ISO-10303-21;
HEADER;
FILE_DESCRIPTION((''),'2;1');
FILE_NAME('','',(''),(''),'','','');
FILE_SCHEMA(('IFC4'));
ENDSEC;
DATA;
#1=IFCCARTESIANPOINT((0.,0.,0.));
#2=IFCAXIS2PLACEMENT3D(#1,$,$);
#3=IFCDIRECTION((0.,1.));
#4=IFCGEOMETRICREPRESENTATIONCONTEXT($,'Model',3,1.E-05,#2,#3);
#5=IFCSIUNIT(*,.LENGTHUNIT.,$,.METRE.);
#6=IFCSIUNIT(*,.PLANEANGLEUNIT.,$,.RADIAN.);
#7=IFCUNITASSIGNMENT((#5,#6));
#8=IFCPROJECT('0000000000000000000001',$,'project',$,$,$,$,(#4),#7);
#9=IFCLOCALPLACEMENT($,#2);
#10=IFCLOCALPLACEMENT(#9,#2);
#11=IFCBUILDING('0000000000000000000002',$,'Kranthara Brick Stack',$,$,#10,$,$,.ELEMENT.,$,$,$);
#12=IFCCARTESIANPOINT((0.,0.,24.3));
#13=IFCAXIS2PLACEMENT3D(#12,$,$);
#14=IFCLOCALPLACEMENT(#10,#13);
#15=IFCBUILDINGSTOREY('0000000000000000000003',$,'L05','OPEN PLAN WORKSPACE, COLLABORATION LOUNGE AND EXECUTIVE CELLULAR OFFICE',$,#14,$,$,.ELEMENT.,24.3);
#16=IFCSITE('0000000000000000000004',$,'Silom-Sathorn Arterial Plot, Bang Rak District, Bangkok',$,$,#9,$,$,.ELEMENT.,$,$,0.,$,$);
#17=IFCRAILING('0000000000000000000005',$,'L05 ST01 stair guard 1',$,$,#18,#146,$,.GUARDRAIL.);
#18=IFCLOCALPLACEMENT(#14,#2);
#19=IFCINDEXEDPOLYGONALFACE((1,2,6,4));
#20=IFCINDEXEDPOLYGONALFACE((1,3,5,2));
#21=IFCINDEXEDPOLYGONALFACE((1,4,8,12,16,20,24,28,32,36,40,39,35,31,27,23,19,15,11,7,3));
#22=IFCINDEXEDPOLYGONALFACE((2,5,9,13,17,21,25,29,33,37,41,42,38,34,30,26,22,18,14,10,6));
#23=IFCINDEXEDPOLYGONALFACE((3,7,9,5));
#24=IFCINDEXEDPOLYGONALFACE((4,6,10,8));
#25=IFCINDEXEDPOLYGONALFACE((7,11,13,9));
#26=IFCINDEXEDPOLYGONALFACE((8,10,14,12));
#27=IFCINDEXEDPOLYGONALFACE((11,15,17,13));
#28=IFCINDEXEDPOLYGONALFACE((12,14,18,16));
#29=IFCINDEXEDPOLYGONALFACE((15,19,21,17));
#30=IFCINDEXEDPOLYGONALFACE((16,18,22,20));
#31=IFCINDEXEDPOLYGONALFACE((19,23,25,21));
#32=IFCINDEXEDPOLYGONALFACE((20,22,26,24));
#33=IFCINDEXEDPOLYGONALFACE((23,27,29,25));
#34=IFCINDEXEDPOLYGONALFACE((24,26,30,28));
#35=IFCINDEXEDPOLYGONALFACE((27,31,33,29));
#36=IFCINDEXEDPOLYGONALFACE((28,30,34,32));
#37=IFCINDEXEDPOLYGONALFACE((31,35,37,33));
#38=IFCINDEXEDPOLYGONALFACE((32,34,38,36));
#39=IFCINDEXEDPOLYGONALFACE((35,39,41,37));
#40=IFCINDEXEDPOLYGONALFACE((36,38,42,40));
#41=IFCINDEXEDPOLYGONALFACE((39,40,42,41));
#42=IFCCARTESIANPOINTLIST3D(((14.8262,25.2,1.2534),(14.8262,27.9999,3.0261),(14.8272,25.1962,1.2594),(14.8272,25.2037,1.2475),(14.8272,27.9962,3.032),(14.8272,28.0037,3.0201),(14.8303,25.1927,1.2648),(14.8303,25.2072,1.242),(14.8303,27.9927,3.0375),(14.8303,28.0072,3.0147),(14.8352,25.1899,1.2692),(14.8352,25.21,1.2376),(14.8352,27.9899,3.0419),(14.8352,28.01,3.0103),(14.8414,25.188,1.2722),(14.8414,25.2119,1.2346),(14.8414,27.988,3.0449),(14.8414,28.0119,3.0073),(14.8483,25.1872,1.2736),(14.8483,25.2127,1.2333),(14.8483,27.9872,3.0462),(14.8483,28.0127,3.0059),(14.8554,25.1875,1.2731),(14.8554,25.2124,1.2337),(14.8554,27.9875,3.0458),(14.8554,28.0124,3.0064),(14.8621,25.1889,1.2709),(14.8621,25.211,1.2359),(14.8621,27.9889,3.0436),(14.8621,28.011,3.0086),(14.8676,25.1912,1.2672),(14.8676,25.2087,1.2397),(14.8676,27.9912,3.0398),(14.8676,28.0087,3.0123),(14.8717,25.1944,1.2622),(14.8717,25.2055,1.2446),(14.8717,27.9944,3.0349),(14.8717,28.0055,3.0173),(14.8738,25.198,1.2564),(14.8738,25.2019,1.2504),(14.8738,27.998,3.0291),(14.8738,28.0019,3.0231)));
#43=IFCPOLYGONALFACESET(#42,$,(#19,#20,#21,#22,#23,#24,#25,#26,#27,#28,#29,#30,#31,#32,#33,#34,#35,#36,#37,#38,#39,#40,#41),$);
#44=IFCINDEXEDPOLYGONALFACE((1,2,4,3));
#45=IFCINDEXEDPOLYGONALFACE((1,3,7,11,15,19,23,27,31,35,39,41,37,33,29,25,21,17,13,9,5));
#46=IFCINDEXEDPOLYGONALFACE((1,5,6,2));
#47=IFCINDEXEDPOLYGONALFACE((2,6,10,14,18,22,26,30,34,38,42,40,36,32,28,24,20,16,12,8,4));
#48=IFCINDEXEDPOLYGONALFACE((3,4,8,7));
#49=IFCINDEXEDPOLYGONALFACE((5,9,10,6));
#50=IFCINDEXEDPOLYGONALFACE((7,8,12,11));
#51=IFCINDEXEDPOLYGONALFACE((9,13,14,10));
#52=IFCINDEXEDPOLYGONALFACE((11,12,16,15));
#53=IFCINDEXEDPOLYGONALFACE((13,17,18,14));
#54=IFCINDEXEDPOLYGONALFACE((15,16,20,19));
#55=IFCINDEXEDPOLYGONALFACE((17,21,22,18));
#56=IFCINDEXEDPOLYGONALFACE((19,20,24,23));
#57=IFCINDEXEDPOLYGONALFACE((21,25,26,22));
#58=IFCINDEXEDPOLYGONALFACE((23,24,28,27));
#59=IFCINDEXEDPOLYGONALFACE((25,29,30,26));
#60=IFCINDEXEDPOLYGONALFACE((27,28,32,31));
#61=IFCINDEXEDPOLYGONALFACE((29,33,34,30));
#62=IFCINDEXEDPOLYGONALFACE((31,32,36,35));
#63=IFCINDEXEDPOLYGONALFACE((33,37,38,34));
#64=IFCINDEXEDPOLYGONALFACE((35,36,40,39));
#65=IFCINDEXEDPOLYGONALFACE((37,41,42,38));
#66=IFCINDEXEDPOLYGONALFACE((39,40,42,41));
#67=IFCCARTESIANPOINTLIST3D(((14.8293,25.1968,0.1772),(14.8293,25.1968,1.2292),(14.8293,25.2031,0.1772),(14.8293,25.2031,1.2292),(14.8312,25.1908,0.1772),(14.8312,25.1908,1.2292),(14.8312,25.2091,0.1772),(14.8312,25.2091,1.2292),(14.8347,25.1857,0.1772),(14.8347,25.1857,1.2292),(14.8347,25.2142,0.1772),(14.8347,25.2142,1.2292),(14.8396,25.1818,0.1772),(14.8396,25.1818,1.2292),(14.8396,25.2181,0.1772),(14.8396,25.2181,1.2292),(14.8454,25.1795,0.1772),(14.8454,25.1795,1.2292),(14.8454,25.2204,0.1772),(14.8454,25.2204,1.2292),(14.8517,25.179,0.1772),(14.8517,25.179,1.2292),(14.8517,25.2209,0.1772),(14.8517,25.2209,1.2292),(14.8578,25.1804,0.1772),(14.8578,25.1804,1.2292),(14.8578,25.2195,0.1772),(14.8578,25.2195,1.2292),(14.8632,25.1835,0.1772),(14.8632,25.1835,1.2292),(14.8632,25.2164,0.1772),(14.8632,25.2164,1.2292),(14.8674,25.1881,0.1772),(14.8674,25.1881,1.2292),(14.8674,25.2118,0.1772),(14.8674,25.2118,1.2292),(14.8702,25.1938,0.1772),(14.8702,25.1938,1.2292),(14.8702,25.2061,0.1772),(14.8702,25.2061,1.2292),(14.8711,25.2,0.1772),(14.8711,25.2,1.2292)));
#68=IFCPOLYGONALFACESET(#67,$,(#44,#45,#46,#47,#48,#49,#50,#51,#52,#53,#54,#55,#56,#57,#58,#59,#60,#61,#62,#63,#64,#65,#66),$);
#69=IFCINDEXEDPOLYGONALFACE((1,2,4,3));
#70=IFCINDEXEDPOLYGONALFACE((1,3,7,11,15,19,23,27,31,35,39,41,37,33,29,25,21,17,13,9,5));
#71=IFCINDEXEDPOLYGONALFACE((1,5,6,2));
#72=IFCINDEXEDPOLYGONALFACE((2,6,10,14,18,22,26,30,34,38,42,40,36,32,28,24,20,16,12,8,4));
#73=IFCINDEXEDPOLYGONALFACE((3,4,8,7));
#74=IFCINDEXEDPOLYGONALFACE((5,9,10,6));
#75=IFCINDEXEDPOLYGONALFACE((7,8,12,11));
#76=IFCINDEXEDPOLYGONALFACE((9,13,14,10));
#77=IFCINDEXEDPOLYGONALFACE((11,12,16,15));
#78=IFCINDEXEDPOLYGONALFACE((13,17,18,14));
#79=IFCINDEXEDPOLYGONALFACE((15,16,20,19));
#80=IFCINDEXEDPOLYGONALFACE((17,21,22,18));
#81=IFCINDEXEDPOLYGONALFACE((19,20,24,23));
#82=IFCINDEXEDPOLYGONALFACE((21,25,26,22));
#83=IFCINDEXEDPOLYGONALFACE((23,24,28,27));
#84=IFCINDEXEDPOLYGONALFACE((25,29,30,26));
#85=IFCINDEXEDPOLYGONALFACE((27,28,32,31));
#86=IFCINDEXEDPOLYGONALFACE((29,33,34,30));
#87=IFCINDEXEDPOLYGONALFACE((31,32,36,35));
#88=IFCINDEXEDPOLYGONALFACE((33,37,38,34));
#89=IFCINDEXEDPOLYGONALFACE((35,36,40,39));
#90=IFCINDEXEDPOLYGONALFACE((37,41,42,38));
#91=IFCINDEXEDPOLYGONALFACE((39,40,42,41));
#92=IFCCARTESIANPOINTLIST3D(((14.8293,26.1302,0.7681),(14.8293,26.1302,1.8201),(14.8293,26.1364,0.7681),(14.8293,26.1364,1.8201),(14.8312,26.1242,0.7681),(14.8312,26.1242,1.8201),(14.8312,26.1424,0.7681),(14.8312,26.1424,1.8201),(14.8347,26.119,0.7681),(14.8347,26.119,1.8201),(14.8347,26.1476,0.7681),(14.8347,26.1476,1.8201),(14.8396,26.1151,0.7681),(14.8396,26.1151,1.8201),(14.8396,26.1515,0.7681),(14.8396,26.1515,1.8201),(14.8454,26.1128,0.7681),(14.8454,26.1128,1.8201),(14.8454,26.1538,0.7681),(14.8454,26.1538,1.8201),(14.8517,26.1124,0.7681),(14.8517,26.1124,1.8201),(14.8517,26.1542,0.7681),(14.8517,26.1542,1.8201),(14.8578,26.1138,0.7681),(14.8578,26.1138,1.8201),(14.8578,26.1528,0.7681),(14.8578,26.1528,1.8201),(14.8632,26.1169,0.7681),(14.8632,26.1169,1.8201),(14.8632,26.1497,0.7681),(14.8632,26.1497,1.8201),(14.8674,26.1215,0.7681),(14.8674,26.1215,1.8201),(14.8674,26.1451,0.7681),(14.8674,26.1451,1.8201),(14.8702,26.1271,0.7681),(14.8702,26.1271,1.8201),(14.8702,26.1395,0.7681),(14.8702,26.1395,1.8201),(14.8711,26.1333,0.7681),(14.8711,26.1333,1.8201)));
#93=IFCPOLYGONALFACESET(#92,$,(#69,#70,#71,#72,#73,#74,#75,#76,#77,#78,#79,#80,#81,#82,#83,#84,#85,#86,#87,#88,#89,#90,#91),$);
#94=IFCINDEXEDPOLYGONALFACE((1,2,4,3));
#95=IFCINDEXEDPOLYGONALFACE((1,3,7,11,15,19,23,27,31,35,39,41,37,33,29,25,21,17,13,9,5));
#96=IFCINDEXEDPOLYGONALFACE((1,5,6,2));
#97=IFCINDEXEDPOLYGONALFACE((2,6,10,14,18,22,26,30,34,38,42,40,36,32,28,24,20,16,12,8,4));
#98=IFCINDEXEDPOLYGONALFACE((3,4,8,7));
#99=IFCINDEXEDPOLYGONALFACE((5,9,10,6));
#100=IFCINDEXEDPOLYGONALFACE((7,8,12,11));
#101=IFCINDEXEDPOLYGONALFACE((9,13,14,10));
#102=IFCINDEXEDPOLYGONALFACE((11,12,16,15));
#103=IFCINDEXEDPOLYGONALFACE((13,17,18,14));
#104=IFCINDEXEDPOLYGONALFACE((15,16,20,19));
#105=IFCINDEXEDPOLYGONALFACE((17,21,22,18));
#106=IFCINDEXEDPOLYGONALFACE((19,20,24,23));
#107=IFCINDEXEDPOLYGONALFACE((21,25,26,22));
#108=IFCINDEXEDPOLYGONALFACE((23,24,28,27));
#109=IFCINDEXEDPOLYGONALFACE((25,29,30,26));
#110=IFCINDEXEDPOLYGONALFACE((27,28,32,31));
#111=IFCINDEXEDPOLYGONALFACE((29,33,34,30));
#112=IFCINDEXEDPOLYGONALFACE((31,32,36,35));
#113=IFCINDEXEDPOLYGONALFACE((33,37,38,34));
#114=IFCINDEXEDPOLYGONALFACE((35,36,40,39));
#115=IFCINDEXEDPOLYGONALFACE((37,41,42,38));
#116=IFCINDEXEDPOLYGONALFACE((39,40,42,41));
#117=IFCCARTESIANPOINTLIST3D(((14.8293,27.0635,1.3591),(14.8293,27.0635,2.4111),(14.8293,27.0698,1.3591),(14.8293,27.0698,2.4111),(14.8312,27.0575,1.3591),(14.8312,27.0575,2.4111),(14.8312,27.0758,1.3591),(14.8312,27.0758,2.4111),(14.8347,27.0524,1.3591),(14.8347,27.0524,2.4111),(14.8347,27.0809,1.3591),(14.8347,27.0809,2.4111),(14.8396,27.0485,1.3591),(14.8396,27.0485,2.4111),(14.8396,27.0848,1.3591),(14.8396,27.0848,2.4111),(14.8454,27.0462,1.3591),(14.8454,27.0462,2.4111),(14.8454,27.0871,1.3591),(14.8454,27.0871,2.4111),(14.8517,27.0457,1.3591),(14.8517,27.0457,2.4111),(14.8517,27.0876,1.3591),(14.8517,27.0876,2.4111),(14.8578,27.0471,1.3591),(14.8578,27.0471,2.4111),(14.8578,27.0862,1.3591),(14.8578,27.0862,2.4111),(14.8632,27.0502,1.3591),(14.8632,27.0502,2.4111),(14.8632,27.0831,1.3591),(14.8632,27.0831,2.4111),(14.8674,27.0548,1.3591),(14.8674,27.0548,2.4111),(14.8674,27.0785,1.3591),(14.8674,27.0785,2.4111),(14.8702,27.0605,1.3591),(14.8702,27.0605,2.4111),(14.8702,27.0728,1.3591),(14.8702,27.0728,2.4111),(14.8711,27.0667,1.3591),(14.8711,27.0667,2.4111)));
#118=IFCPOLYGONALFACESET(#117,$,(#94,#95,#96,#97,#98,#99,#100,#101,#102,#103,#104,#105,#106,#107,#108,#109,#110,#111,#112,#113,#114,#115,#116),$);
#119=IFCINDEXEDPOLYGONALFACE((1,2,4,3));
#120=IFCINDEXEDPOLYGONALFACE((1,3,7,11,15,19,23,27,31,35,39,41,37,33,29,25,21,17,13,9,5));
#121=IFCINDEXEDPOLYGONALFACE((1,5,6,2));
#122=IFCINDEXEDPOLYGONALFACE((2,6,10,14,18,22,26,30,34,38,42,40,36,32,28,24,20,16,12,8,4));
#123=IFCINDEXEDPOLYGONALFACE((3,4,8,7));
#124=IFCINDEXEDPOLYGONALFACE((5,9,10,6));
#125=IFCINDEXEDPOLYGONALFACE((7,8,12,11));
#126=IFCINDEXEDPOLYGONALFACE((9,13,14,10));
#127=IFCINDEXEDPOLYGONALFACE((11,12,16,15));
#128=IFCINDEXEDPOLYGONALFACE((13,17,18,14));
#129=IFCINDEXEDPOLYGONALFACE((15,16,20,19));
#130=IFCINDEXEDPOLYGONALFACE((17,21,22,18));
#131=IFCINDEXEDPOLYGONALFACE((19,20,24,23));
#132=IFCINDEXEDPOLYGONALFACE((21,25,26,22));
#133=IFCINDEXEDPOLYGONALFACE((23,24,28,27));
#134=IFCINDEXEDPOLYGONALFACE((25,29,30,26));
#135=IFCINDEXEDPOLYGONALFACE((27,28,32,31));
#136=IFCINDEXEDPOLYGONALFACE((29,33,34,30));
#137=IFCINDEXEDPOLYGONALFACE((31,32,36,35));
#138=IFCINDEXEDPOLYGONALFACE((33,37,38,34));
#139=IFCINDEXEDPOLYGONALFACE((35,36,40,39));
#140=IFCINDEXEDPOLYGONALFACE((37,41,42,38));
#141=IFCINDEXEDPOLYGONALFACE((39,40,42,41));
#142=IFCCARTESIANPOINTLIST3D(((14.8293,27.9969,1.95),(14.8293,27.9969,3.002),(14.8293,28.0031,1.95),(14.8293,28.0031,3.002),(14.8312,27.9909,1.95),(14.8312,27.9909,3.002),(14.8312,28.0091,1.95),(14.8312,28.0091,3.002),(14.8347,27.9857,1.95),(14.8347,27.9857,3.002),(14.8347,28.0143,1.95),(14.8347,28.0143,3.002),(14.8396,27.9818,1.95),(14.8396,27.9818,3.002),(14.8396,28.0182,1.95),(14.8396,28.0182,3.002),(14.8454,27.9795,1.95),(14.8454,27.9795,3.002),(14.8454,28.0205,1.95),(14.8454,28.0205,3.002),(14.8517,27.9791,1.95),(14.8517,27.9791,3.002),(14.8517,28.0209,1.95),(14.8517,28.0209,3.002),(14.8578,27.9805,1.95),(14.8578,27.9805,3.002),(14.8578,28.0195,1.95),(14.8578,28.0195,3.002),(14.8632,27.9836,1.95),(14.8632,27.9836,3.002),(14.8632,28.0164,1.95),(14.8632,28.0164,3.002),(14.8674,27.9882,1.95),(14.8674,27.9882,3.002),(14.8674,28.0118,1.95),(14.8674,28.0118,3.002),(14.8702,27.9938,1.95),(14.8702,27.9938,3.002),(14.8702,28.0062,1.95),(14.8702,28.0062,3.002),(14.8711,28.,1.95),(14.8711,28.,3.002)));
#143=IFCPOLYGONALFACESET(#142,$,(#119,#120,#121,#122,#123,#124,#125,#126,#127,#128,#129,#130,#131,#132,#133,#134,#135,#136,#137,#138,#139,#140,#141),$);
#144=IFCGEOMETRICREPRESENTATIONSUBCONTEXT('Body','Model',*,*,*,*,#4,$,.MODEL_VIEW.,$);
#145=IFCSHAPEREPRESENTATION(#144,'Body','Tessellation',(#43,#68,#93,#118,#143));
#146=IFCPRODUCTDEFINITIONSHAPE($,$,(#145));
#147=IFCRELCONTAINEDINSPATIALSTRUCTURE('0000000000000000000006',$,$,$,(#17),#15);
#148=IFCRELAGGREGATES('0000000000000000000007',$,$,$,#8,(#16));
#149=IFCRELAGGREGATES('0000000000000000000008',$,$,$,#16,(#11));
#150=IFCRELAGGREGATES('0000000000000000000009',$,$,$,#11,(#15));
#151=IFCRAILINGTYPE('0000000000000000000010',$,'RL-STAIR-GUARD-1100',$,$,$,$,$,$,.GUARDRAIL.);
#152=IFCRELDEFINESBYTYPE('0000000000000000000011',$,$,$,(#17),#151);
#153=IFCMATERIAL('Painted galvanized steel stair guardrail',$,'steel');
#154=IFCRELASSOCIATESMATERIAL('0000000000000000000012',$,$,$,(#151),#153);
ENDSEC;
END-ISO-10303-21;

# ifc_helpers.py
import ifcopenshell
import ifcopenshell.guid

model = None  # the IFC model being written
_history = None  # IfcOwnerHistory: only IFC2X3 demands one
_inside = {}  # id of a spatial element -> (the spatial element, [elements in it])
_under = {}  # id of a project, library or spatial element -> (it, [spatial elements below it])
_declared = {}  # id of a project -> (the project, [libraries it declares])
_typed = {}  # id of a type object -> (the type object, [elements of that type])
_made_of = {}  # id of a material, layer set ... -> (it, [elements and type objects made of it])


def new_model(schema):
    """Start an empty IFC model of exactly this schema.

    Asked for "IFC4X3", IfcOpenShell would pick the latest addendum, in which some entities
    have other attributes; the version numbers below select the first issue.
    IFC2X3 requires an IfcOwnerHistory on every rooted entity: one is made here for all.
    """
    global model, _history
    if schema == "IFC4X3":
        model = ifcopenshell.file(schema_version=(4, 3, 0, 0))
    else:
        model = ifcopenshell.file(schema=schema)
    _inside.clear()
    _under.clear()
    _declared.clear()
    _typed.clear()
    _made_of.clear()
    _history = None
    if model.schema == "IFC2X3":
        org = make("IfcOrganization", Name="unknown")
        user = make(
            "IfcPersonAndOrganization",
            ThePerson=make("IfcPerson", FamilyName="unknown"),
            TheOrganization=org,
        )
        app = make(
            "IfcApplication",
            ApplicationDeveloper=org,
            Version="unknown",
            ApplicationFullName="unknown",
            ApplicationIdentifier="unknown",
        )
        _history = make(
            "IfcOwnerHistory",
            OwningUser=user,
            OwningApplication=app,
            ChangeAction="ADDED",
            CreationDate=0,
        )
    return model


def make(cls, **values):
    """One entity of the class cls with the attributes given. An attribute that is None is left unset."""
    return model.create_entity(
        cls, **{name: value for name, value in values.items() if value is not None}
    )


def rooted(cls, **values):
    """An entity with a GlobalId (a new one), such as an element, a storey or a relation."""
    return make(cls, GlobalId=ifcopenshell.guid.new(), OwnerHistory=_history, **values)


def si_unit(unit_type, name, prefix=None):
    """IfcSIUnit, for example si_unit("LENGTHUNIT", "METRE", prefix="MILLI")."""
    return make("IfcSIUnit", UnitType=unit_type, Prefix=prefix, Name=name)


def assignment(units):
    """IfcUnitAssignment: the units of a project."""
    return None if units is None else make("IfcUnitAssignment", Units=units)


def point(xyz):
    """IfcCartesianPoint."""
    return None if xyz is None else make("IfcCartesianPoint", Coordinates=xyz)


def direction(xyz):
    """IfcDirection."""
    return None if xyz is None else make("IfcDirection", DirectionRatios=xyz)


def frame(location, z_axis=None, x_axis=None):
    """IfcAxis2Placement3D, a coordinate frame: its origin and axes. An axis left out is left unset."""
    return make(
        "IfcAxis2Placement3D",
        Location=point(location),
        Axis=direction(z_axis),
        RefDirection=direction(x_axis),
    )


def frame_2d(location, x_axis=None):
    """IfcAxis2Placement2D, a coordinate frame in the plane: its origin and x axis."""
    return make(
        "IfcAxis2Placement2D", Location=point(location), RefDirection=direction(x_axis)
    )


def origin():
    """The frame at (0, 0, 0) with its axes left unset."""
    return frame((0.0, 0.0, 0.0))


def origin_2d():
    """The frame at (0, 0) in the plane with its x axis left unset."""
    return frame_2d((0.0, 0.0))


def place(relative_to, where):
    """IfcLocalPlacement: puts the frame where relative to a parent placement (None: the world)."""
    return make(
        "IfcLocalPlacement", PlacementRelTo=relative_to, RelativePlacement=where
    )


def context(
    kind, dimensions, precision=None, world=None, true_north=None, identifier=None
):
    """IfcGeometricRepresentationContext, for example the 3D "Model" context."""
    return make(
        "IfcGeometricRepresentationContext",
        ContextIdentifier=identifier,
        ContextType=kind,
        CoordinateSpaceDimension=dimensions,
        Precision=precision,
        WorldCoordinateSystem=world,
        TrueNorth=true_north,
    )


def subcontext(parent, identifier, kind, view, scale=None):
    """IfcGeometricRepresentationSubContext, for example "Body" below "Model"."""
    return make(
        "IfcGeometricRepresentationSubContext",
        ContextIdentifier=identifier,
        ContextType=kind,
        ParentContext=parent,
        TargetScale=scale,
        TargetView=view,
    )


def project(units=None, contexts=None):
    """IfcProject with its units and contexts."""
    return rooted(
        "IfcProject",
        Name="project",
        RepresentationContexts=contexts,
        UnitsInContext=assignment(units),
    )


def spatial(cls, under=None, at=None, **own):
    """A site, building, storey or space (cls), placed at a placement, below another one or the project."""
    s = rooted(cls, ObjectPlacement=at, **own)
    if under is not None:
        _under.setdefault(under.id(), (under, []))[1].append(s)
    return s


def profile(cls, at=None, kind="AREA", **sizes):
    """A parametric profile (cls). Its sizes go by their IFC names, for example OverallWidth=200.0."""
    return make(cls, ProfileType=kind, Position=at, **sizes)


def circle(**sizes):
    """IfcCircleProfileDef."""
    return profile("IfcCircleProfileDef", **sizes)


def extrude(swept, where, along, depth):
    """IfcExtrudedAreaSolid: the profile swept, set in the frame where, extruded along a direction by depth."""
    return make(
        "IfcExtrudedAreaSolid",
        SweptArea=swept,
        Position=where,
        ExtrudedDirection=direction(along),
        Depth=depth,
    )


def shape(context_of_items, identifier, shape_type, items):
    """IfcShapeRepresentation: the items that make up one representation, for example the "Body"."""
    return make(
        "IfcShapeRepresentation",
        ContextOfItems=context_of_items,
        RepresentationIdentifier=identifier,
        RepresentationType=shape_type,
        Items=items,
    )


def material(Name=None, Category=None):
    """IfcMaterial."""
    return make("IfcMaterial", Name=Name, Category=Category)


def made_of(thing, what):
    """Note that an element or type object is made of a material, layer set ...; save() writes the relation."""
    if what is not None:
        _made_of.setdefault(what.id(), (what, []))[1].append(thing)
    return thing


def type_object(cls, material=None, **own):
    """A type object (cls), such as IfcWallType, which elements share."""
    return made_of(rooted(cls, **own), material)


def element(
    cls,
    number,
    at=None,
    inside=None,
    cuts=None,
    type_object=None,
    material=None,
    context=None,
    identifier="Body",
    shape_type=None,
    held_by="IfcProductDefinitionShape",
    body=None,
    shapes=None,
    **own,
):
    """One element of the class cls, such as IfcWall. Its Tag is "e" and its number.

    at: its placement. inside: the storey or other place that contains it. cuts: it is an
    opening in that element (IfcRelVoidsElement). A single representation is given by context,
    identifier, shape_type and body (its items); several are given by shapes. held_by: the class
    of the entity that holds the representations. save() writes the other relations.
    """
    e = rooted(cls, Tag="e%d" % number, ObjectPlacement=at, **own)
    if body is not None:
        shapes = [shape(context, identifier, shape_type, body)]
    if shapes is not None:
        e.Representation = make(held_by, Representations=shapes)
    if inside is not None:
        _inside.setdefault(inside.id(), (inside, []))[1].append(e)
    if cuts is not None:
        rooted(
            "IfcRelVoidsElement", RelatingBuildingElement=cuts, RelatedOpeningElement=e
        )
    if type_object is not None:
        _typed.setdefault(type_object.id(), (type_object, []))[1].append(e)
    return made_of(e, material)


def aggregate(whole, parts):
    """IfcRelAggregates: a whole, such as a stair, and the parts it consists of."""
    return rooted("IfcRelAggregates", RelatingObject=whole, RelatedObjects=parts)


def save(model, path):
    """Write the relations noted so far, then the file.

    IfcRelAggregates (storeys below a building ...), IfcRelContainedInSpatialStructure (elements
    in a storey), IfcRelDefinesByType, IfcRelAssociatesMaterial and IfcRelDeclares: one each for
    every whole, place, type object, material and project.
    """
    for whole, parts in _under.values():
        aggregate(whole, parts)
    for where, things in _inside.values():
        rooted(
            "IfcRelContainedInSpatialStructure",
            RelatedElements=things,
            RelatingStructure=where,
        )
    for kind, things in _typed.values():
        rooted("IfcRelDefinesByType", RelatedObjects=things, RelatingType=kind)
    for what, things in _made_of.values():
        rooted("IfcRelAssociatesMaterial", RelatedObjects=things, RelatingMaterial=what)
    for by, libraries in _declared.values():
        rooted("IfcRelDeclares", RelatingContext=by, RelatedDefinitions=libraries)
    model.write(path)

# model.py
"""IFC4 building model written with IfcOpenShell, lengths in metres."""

from ifc_helpers import new_model, si_unit, direction, frame, origin, origin_2d, place, context, subcontext, project, spatial, circle, extrude, material, type_object, element, save


model = new_model("IFC4")

# Units and contexts
model_context = context("Model", 3, precision=1e-05, world=origin(), true_north=direction((0.0, 1.0)))
body_context = subcontext(model_context, "Body", "Model", "MODEL_VIEW")
ifc_project = project(units=[si_unit("LENGTHUNIT", "METRE"), si_unit("PLANEANGLEUNIT", "RADIAN")], contexts=[model_context])

# Site, building, storey
site_placement = place(None, origin())
site = spatial("IfcSite", under=ifc_project, at=site_placement, Name="Silom-Sathorn Arterial Plot, Bang Rak District, Bangkok", CompositionType="ELEMENT", RefElevation=0.0)
building_placement = place(site_placement, origin())
building = spatial("IfcBuilding", under=site, at=building_placement, Name="Kranthara Brick Stack", CompositionType="ELEMENT")
storey_placement = place(building_placement, frame((0.0, 0.0, 24.3)))
storey = spatial("IfcBuildingStorey", under=building, at=storey_placement, Name="L05", Description="OPEN PLAN WORKSPACE, COLLABORATION LOUNGE AND EXECUTIVE CELLULAR OFFICE", CompositionType="ELEMENT", Elevation=24.3)

# Railing
ifc_material_1 = material(Name="Painted galvanized steel stair guardrail", Category="steel")
railing_type_1 = type_object("IfcRailingType", Name="RL-STAIR-GUARD-1100", PredefinedType="GUARDRAIL", material=ifc_material_1)
railing_1_placement = place(storey_placement, frame((14.8501, 25.2, 0.1772)))
element("IfcRailing", 1, at=railing_1_placement, inside=storey, type_object=railing_type_1, Name="L05 ST01 stair guard 1", PredefinedType="GUARDRAIL", context=body_context, shape_type="SweptSolid", body=[
    extrude(circle(Radius=0.0239, at=origin_2d()), frame((0.0, 0.0, 1.0762), z_axis=(0.0, 0.844909, 0.53491), x_axis=(-1.0, 0.0, 0.0)), (0.0, 0.0, 1.0), 3.314),
    extrude(circle(Radius=0.021, at=origin_2d()), origin(), (0.0, 0.0, 1.0), 1.052),
    extrude(circle(Radius=0.021, at=origin_2d()), frame((0.0, 0.9333, 0.5908)), (0.0, 0.0, 1.0), 1.052),
    extrude(circle(Radius=0.021, at=origin_2d()), frame((0.0, 1.8667, 1.1819)), (0.0, 0.0, 1.0), 1.052),
    extrude(circle(Radius=0.021, at=origin_2d()), frame((0.0, 2.8, 1.7727)), (0.0, 0.0, 1.0), 1.052),
])

save(model, "model.ifc")
